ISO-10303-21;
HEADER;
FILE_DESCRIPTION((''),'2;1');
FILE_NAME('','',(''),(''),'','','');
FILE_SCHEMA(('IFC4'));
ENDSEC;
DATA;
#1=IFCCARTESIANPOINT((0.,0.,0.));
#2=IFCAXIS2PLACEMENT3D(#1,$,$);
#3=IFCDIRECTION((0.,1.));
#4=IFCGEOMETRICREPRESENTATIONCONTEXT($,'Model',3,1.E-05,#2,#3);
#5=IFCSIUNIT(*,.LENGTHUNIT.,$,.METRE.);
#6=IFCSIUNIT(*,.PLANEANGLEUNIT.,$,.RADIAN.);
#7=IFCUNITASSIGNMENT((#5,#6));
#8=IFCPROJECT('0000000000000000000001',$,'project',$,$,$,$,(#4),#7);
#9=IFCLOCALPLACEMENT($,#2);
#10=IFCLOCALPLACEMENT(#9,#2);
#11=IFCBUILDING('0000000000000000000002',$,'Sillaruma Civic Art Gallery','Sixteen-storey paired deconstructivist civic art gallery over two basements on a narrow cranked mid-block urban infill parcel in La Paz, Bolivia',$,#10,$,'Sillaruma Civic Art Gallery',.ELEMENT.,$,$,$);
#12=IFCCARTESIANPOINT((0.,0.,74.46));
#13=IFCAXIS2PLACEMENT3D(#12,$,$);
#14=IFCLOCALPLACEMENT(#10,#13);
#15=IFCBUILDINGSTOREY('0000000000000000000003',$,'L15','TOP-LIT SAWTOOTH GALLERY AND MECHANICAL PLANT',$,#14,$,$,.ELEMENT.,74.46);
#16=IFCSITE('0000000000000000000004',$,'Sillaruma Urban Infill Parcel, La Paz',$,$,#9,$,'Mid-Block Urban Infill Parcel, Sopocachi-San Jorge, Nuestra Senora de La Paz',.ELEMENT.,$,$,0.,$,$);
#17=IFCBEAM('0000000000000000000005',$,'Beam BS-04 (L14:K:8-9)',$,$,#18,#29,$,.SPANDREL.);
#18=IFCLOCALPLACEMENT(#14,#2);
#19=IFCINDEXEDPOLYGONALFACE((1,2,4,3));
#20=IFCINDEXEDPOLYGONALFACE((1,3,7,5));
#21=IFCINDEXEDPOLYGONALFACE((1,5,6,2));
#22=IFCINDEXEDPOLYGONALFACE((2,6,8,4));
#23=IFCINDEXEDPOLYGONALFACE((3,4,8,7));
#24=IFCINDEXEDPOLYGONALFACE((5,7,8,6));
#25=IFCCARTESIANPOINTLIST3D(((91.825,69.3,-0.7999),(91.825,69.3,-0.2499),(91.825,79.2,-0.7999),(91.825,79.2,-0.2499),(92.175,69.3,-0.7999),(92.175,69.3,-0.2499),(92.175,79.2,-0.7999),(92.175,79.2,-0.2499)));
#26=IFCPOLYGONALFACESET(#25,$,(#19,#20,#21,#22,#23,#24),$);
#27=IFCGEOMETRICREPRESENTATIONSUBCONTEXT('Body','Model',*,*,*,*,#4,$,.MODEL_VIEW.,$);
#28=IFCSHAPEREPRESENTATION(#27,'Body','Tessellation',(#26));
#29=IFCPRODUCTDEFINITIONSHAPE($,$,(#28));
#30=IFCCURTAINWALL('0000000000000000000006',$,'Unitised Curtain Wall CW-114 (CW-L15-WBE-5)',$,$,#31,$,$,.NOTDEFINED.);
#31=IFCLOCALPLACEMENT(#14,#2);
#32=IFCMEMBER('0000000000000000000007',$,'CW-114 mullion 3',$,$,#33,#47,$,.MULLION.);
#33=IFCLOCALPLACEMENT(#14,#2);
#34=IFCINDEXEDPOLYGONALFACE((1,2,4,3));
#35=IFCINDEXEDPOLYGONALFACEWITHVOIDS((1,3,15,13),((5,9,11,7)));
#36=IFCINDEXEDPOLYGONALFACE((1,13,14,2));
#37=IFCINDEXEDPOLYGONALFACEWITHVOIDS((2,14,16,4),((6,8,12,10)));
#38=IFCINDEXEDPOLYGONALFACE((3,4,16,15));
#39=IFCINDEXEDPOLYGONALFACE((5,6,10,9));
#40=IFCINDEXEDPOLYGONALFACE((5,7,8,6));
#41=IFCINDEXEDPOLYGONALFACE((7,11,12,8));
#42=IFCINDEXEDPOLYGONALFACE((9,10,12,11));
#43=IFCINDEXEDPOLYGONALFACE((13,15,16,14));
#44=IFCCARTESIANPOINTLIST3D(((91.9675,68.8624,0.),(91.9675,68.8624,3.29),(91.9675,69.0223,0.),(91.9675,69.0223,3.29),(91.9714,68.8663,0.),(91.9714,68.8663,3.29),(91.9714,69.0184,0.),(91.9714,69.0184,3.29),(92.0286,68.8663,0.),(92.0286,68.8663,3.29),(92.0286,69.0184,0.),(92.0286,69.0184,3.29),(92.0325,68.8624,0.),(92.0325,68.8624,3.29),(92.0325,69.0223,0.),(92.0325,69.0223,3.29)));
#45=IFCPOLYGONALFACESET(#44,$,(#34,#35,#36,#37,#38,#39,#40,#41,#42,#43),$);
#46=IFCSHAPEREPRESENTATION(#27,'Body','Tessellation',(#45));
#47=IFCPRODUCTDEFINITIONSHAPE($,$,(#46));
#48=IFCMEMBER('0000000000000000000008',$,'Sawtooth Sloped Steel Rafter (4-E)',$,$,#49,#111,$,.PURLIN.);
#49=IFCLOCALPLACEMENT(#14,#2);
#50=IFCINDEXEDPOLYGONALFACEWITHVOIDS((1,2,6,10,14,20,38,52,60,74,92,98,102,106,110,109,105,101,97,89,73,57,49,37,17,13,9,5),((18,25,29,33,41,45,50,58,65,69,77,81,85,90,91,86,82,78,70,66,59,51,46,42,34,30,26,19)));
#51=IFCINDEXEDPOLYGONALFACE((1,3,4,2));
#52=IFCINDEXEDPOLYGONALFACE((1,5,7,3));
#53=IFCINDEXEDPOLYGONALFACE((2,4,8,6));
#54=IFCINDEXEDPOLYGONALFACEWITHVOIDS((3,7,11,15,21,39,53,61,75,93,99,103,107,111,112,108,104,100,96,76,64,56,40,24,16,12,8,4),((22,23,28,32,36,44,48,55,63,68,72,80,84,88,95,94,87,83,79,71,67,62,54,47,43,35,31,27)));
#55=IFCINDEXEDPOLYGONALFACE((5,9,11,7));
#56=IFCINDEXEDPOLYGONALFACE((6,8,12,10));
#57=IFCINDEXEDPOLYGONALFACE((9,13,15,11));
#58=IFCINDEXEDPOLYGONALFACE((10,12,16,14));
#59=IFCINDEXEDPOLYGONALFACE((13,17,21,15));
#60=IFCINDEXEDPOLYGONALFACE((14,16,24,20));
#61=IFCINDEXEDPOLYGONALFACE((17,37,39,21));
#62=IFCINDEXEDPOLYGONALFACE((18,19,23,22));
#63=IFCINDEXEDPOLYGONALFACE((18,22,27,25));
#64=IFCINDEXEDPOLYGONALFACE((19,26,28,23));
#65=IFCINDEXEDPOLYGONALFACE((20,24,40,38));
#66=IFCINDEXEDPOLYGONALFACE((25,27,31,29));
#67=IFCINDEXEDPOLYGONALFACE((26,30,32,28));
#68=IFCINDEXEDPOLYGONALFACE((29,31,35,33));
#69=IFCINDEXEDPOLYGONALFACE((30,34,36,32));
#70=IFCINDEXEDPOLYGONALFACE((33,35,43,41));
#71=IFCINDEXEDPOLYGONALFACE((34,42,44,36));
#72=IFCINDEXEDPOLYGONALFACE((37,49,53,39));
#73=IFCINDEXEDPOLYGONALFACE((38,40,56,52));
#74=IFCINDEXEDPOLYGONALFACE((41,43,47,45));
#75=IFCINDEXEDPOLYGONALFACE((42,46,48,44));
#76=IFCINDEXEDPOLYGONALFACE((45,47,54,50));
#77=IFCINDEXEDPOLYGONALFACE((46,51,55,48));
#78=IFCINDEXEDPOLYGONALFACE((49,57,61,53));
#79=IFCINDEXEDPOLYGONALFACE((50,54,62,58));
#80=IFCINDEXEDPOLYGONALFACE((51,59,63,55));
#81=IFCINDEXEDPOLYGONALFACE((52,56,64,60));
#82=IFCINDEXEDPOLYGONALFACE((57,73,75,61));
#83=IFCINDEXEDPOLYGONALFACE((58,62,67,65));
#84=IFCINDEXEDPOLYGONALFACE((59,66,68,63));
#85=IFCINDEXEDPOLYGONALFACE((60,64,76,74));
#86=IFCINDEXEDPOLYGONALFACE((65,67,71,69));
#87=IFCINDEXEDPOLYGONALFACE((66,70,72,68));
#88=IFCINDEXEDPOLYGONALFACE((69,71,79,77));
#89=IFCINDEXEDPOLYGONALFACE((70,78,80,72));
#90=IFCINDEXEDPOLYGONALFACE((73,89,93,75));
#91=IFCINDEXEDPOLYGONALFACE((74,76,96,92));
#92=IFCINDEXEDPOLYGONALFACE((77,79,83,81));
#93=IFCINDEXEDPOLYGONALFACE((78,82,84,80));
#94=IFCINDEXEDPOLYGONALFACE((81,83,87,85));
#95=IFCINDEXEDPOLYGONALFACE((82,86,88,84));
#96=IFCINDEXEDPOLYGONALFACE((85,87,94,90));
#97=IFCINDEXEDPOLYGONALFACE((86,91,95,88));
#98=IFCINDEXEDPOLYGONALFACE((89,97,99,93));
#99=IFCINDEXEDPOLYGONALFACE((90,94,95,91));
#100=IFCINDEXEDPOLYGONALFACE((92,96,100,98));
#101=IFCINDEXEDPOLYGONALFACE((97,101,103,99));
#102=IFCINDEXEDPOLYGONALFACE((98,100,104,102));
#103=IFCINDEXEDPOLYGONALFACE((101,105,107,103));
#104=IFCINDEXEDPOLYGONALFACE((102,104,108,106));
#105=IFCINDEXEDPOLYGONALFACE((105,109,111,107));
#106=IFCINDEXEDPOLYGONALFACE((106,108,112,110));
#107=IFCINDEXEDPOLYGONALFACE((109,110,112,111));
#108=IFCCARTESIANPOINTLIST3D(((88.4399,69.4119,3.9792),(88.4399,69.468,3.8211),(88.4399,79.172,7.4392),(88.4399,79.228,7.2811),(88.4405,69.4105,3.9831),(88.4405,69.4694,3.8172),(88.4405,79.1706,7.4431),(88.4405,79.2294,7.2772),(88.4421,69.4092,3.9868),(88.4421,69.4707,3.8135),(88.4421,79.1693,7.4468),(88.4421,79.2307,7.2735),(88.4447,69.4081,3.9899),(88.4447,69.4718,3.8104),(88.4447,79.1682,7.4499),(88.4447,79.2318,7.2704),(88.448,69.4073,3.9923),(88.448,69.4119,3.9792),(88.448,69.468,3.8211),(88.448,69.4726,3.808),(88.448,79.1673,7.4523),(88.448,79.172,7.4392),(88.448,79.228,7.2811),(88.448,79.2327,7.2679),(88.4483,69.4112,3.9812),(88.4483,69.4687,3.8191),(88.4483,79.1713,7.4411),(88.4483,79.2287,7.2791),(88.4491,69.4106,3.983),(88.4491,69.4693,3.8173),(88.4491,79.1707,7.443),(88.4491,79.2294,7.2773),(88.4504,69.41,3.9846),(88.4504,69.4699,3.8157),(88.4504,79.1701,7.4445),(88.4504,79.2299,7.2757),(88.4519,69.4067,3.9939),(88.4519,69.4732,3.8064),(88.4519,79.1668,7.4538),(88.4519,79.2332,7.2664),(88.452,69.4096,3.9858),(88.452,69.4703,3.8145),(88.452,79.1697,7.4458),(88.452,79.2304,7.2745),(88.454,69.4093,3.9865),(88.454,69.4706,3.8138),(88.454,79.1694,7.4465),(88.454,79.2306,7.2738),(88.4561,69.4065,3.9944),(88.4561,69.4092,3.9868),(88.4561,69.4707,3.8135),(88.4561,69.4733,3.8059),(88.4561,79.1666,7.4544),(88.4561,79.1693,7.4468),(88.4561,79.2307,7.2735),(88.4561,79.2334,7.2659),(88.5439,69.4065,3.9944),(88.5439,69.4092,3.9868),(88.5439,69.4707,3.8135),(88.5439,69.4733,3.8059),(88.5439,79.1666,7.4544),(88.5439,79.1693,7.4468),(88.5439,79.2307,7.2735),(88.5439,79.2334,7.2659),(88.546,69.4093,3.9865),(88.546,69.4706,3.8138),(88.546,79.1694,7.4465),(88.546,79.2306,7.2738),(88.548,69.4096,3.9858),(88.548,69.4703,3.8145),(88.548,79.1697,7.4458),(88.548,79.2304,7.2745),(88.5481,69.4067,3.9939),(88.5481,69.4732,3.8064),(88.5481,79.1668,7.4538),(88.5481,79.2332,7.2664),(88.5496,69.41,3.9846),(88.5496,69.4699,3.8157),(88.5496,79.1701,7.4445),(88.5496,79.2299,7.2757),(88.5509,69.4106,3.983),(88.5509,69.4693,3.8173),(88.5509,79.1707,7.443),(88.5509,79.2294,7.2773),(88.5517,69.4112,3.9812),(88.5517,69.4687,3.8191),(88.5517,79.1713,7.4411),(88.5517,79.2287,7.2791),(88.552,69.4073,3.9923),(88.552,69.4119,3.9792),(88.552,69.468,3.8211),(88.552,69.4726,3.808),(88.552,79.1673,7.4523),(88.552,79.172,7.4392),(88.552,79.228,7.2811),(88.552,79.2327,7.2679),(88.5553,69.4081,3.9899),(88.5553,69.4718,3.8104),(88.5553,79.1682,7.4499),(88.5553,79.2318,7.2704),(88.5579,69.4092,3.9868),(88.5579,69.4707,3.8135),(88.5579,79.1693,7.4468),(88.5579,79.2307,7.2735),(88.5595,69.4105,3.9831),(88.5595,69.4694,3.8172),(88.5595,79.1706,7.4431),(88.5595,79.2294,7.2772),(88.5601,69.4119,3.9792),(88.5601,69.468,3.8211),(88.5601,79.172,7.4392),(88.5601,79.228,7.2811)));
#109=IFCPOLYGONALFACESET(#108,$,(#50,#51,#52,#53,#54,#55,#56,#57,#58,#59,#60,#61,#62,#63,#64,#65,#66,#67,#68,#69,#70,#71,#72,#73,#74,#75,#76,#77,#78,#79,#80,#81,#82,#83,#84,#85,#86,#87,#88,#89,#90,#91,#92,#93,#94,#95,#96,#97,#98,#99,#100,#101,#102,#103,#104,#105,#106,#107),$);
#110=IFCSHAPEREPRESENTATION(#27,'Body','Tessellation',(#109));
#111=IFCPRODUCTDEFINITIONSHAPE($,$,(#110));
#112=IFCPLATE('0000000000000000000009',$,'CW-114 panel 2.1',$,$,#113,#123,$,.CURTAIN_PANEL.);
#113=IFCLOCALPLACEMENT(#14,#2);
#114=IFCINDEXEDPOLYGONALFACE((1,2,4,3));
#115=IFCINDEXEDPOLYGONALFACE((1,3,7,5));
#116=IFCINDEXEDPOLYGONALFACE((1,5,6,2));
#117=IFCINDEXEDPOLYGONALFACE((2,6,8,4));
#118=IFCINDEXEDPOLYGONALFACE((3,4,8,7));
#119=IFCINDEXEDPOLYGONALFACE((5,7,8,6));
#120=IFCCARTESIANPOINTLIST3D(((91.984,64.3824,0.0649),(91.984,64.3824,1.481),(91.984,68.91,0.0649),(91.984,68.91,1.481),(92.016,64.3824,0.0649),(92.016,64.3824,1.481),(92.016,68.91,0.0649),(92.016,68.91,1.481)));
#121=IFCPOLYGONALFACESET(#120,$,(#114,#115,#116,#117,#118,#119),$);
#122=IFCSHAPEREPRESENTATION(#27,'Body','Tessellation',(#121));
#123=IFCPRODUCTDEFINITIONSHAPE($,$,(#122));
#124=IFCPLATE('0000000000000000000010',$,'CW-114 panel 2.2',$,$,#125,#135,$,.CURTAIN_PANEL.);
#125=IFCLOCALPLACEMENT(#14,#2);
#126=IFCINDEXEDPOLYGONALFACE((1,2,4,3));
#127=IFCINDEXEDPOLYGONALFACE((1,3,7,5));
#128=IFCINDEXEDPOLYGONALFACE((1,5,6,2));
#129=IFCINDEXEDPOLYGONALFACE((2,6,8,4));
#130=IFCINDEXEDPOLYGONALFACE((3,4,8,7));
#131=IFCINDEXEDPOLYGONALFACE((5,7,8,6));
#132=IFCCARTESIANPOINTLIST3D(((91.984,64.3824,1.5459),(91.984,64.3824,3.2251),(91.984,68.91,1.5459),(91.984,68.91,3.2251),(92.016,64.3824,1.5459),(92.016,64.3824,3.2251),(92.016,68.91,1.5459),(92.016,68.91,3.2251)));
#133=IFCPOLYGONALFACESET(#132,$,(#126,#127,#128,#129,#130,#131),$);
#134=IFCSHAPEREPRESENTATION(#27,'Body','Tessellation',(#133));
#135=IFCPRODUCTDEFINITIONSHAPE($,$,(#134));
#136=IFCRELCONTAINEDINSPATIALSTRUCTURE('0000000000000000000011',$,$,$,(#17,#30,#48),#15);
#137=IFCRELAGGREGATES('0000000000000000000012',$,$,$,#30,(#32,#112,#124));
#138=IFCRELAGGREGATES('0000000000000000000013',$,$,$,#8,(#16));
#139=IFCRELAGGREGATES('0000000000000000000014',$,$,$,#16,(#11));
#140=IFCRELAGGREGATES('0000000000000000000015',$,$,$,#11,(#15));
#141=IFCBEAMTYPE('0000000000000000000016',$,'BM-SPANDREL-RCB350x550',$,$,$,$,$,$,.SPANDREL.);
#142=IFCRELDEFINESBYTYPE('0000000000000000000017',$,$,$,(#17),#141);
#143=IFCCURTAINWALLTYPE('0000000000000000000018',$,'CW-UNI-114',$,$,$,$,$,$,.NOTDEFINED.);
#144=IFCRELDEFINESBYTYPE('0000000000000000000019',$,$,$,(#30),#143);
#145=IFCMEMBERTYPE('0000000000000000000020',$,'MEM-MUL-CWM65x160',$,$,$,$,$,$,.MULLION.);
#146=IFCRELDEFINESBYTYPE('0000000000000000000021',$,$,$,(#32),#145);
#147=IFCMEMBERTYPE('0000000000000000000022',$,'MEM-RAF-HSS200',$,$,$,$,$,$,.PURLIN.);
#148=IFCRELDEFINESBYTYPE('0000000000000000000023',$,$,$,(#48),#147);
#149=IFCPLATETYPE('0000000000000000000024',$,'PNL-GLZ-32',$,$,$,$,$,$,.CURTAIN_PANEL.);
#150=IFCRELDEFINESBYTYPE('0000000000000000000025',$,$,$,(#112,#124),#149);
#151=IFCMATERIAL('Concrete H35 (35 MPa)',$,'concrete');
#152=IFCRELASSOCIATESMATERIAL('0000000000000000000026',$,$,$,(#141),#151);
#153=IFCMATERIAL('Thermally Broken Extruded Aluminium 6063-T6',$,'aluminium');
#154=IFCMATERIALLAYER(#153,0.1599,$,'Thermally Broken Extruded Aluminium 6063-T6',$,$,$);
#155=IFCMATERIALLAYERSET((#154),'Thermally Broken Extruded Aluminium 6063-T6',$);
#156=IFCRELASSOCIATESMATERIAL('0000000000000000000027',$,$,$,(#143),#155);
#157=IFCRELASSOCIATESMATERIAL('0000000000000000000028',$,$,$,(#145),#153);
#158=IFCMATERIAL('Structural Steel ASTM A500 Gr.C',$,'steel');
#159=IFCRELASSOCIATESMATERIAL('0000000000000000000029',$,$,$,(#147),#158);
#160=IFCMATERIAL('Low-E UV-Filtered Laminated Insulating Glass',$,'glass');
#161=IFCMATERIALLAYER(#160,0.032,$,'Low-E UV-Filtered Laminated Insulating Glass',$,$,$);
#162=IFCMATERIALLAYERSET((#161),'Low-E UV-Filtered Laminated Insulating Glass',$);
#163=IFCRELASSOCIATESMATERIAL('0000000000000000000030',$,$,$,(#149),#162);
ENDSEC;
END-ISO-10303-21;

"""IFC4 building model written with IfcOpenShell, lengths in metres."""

from ifc_helpers import new_model, si_unit, direction, frame, origin, origin_2d, place, context, subcontext, project, spatial, rectangle, hollow_rectangle, extrude, material, layer, layer_set, material_profile, profile_set, type_object, element, aggregate, save


model = new_model("IFC4")

# Units and contexts
model_context = context("Model", 3, precision=1e-05, world=origin(), true_north=direction((0.0, 1.0)))
body_context = subcontext(model_context, "Body", "Model", "MODEL_VIEW")
ifc_project = project(units=[si_unit("LENGTHUNIT", "METRE"), si_unit("PLANEANGLEUNIT", "RADIAN")], contexts=[model_context])

# Site, building, storey
site_placement = place(None, origin())
site = spatial("IfcSite", under=ifc_project, at=site_placement, Name="Sillaruma Urban Infill Parcel, La Paz", LongName="Mid-Block Urban Infill Parcel, Sopocachi-San Jorge, Nuestra Senora de La Paz", CompositionType="ELEMENT", RefElevation=0.0)
building_placement = place(site_placement, origin())
building = spatial("IfcBuilding", under=site, at=building_placement, Name="Sillaruma Civic Art Gallery", Description="Sixteen-storey paired deconstructivist civic art gallery over two basements on a narrow cranked mid-block urban infill parcel in La Paz, Bolivia", LongName="Sillaruma Civic Art Gallery", CompositionType="ELEMENT")
storey_placement = place(building_placement, frame((0.0, 0.0, 74.46)))
storey = spatial("IfcBuildingStorey", under=building, at=storey_placement, Name="L15", Description="TOP-LIT SAWTOOTH GALLERY AND MECHANICAL PLANT", CompositionType="ELEMENT", Elevation=74.46)

# Beam
ifc_material_1 = material(Name="Concrete H35 (35 MPa)", Category="concrete")
ifc_material_profile_1 = material_profile(ifc_material_1, rectangle(XDim=0.3501, YDim=0.55, at=origin_2d()), Name="RCB350x550")
ifc_profile_set_1 = profile_set([ifc_material_profile_1], Name="Concrete H35 (35 MPa)")
beam_type_1 = type_object("IfcBeamType", Name="BM-SPANDREL-RCB350x550", PredefinedType="SPANDREL", material=ifc_profile_set_1)
beam_1_placement = place(storey_placement, frame((92.0, 69.3, -0.5249), z_axis=(0.0, 1.0, 0.0), x_axis=(-1.0, 0.0, 0.0)))
element("IfcBeam", 1, at=beam_1_placement, inside=storey, type_object=beam_type_1, Name="Beam BS-04 (L14:K:8-9)", PredefinedType="SPANDREL", context=body_context, shape_type="SweptSolid", body=[
    extrude(rectangle(XDim=0.3501, YDim=0.55, at=origin_2d()), origin(), (0.0, 0.0, 1.0), 9.8999),
])

# Curtain wall, member
ifc_material_2 = material(Name="Thermally Broken Extruded Aluminium 6063-T6", Category="aluminium")
ifc_layer_1 = layer(ifc_material_2, 0.1599, Name="Thermally Broken Extruded Aluminium 6063-T6")
ifc_layer_set_1 = layer_set([ifc_layer_1], Name="Thermally Broken Extruded Aluminium 6063-T6")
curtain_wall_type = type_object("IfcCurtainWallType", Name="CW-UNI-114", PredefinedType="NOTDEFINED", material=ifc_layer_set_1)
curtain_wall_placement = place(storey_placement, origin())
curtain_wall = element("IfcCurtainWall", 2, at=curtain_wall_placement, inside=storey, type_object=curtain_wall_type, Name="Unitised Curtain Wall CW-114 (CW-L15-WBE-5)", PredefinedType="NOTDEFINED")
ifc_material_profile_2 = material_profile(ifc_material_2, hollow_rectangle(XDim=0.0649, YDim=0.1599, WallThickness=0.0039, at=origin_2d()), Name="CWM65x160")
ifc_profile_set_2 = profile_set([ifc_material_profile_2], Name="Thermally Broken Extruded Aluminium 6063-T6")
member_type_1 = type_object("IfcMemberType", Name="MEM-MUL-CWM65x160", PredefinedType="MULLION", material=ifc_profile_set_2)
member_1_placement = place(storey_placement, frame((92.0, 68.9424, 0.0), z_axis=(0.0, 0.0, 1.0), x_axis=(-1.0, 0.0, 0.0)))
member_1 = element("IfcMember", 3, at=member_1_placement, type_object=member_type_1, Name="CW-114 mullion 3", PredefinedType="MULLION", context=body_context, shape_type="SweptSolid", body=[
    extrude(hollow_rectangle(XDim=0.0649, YDim=0.1599, WallThickness=0.0039, at=origin_2d()), origin(), (0.0, 0.0, 1.0), 3.29),
])

# Member
ifc_material_3 = material(Name="Structural Steel ASTM A500 Gr.C", Category="steel")
ifc_material_profile_3 = material_profile(ifc_material_3, hollow_rectangle(XDim=0.1201, YDim=0.2, WallThickness=0.0081, InnerFilletRadius=0.0081, OuterFilletRadius=0.0161, at=origin_2d()), Name="HSS200x120x8")
ifc_profile_set_3 = profile_set([ifc_material_profile_3], Name="Structural Steel ASTM A500 Gr.C")
member_type_2 = type_object("IfcMemberType", Name="MEM-RAF-HSS200", PredefinedType="PURLIN", material=ifc_profile_set_3)
member_2_placement = place(storey_placement, frame((88.5, 69.4399, 3.9001), z_axis=(0.0, 0.942527, 0.33413), x_axis=(-1.0, 0.0, 0.0)))
element("IfcMember", 4, at=member_2_placement, inside=storey, type_object=member_type_2, Name="Sawtooth Sloped Steel Rafter (4-E)", PredefinedType="PURLIN", context=body_context, shape_type="SweptSolid", body=[
    extrude(hollow_rectangle(XDim=0.1201, YDim=0.2, WallThickness=0.0081, InnerFilletRadius=0.0081, OuterFilletRadius=0.0161, at=origin_2d()), origin(), (0.0, 0.0, 1.0), 10.3552),
])

# Plates
ifc_material_4 = material(Name="Low-E UV-Filtered Laminated Insulating Glass", Category="glass")
ifc_layer_2 = layer(ifc_material_4, 0.032, Name="Low-E UV-Filtered Laminated Insulating Glass")
ifc_layer_set_2 = layer_set([ifc_layer_2], Name="Low-E UV-Filtered Laminated Insulating Glass")
plate_type = type_object("IfcPlateType", Name="PNL-GLZ-32", PredefinedType="CURTAIN_PANEL", material=ifc_layer_set_2)
plate_1_placement = place(storey_placement, frame((92.0, 66.6462, 0.0649), z_axis=(0.0, 0.0, 1.0), x_axis=(0.0, 1.0, 0.0)))
plate_1 = element("IfcPlate", 5, at=plate_1_placement, type_object=plate_type, Name="CW-114 panel 2.1", PredefinedType="CURTAIN_PANEL", context=body_context, shape_type="SweptSolid", body=[
    extrude(rectangle(XDim=4.5276, YDim=0.032, at=origin_2d()), origin(), (0.0, 0.0, 1.0), 1.416),
])
plate_2_placement = place(storey_placement, frame((92.0, 66.6462, 1.5459), z_axis=(0.0, 0.0, 1.0), x_axis=(0.0, 1.0, 0.0)))
plate_2 = element("IfcPlate", 6, at=plate_2_placement, type_object=plate_type, Name="CW-114 panel 2.2", PredefinedType="CURTAIN_PANEL", context=body_context, shape_type="SweptSolid", body=[
    extrude(rectangle(XDim=4.5276, YDim=0.032, at=origin_2d()), origin(), (0.0, 0.0, 1.0), 1.6792),
])
aggregate(curtain_wall, [member_1, plate_1, plate_2])

save(model, "model.ifc")
